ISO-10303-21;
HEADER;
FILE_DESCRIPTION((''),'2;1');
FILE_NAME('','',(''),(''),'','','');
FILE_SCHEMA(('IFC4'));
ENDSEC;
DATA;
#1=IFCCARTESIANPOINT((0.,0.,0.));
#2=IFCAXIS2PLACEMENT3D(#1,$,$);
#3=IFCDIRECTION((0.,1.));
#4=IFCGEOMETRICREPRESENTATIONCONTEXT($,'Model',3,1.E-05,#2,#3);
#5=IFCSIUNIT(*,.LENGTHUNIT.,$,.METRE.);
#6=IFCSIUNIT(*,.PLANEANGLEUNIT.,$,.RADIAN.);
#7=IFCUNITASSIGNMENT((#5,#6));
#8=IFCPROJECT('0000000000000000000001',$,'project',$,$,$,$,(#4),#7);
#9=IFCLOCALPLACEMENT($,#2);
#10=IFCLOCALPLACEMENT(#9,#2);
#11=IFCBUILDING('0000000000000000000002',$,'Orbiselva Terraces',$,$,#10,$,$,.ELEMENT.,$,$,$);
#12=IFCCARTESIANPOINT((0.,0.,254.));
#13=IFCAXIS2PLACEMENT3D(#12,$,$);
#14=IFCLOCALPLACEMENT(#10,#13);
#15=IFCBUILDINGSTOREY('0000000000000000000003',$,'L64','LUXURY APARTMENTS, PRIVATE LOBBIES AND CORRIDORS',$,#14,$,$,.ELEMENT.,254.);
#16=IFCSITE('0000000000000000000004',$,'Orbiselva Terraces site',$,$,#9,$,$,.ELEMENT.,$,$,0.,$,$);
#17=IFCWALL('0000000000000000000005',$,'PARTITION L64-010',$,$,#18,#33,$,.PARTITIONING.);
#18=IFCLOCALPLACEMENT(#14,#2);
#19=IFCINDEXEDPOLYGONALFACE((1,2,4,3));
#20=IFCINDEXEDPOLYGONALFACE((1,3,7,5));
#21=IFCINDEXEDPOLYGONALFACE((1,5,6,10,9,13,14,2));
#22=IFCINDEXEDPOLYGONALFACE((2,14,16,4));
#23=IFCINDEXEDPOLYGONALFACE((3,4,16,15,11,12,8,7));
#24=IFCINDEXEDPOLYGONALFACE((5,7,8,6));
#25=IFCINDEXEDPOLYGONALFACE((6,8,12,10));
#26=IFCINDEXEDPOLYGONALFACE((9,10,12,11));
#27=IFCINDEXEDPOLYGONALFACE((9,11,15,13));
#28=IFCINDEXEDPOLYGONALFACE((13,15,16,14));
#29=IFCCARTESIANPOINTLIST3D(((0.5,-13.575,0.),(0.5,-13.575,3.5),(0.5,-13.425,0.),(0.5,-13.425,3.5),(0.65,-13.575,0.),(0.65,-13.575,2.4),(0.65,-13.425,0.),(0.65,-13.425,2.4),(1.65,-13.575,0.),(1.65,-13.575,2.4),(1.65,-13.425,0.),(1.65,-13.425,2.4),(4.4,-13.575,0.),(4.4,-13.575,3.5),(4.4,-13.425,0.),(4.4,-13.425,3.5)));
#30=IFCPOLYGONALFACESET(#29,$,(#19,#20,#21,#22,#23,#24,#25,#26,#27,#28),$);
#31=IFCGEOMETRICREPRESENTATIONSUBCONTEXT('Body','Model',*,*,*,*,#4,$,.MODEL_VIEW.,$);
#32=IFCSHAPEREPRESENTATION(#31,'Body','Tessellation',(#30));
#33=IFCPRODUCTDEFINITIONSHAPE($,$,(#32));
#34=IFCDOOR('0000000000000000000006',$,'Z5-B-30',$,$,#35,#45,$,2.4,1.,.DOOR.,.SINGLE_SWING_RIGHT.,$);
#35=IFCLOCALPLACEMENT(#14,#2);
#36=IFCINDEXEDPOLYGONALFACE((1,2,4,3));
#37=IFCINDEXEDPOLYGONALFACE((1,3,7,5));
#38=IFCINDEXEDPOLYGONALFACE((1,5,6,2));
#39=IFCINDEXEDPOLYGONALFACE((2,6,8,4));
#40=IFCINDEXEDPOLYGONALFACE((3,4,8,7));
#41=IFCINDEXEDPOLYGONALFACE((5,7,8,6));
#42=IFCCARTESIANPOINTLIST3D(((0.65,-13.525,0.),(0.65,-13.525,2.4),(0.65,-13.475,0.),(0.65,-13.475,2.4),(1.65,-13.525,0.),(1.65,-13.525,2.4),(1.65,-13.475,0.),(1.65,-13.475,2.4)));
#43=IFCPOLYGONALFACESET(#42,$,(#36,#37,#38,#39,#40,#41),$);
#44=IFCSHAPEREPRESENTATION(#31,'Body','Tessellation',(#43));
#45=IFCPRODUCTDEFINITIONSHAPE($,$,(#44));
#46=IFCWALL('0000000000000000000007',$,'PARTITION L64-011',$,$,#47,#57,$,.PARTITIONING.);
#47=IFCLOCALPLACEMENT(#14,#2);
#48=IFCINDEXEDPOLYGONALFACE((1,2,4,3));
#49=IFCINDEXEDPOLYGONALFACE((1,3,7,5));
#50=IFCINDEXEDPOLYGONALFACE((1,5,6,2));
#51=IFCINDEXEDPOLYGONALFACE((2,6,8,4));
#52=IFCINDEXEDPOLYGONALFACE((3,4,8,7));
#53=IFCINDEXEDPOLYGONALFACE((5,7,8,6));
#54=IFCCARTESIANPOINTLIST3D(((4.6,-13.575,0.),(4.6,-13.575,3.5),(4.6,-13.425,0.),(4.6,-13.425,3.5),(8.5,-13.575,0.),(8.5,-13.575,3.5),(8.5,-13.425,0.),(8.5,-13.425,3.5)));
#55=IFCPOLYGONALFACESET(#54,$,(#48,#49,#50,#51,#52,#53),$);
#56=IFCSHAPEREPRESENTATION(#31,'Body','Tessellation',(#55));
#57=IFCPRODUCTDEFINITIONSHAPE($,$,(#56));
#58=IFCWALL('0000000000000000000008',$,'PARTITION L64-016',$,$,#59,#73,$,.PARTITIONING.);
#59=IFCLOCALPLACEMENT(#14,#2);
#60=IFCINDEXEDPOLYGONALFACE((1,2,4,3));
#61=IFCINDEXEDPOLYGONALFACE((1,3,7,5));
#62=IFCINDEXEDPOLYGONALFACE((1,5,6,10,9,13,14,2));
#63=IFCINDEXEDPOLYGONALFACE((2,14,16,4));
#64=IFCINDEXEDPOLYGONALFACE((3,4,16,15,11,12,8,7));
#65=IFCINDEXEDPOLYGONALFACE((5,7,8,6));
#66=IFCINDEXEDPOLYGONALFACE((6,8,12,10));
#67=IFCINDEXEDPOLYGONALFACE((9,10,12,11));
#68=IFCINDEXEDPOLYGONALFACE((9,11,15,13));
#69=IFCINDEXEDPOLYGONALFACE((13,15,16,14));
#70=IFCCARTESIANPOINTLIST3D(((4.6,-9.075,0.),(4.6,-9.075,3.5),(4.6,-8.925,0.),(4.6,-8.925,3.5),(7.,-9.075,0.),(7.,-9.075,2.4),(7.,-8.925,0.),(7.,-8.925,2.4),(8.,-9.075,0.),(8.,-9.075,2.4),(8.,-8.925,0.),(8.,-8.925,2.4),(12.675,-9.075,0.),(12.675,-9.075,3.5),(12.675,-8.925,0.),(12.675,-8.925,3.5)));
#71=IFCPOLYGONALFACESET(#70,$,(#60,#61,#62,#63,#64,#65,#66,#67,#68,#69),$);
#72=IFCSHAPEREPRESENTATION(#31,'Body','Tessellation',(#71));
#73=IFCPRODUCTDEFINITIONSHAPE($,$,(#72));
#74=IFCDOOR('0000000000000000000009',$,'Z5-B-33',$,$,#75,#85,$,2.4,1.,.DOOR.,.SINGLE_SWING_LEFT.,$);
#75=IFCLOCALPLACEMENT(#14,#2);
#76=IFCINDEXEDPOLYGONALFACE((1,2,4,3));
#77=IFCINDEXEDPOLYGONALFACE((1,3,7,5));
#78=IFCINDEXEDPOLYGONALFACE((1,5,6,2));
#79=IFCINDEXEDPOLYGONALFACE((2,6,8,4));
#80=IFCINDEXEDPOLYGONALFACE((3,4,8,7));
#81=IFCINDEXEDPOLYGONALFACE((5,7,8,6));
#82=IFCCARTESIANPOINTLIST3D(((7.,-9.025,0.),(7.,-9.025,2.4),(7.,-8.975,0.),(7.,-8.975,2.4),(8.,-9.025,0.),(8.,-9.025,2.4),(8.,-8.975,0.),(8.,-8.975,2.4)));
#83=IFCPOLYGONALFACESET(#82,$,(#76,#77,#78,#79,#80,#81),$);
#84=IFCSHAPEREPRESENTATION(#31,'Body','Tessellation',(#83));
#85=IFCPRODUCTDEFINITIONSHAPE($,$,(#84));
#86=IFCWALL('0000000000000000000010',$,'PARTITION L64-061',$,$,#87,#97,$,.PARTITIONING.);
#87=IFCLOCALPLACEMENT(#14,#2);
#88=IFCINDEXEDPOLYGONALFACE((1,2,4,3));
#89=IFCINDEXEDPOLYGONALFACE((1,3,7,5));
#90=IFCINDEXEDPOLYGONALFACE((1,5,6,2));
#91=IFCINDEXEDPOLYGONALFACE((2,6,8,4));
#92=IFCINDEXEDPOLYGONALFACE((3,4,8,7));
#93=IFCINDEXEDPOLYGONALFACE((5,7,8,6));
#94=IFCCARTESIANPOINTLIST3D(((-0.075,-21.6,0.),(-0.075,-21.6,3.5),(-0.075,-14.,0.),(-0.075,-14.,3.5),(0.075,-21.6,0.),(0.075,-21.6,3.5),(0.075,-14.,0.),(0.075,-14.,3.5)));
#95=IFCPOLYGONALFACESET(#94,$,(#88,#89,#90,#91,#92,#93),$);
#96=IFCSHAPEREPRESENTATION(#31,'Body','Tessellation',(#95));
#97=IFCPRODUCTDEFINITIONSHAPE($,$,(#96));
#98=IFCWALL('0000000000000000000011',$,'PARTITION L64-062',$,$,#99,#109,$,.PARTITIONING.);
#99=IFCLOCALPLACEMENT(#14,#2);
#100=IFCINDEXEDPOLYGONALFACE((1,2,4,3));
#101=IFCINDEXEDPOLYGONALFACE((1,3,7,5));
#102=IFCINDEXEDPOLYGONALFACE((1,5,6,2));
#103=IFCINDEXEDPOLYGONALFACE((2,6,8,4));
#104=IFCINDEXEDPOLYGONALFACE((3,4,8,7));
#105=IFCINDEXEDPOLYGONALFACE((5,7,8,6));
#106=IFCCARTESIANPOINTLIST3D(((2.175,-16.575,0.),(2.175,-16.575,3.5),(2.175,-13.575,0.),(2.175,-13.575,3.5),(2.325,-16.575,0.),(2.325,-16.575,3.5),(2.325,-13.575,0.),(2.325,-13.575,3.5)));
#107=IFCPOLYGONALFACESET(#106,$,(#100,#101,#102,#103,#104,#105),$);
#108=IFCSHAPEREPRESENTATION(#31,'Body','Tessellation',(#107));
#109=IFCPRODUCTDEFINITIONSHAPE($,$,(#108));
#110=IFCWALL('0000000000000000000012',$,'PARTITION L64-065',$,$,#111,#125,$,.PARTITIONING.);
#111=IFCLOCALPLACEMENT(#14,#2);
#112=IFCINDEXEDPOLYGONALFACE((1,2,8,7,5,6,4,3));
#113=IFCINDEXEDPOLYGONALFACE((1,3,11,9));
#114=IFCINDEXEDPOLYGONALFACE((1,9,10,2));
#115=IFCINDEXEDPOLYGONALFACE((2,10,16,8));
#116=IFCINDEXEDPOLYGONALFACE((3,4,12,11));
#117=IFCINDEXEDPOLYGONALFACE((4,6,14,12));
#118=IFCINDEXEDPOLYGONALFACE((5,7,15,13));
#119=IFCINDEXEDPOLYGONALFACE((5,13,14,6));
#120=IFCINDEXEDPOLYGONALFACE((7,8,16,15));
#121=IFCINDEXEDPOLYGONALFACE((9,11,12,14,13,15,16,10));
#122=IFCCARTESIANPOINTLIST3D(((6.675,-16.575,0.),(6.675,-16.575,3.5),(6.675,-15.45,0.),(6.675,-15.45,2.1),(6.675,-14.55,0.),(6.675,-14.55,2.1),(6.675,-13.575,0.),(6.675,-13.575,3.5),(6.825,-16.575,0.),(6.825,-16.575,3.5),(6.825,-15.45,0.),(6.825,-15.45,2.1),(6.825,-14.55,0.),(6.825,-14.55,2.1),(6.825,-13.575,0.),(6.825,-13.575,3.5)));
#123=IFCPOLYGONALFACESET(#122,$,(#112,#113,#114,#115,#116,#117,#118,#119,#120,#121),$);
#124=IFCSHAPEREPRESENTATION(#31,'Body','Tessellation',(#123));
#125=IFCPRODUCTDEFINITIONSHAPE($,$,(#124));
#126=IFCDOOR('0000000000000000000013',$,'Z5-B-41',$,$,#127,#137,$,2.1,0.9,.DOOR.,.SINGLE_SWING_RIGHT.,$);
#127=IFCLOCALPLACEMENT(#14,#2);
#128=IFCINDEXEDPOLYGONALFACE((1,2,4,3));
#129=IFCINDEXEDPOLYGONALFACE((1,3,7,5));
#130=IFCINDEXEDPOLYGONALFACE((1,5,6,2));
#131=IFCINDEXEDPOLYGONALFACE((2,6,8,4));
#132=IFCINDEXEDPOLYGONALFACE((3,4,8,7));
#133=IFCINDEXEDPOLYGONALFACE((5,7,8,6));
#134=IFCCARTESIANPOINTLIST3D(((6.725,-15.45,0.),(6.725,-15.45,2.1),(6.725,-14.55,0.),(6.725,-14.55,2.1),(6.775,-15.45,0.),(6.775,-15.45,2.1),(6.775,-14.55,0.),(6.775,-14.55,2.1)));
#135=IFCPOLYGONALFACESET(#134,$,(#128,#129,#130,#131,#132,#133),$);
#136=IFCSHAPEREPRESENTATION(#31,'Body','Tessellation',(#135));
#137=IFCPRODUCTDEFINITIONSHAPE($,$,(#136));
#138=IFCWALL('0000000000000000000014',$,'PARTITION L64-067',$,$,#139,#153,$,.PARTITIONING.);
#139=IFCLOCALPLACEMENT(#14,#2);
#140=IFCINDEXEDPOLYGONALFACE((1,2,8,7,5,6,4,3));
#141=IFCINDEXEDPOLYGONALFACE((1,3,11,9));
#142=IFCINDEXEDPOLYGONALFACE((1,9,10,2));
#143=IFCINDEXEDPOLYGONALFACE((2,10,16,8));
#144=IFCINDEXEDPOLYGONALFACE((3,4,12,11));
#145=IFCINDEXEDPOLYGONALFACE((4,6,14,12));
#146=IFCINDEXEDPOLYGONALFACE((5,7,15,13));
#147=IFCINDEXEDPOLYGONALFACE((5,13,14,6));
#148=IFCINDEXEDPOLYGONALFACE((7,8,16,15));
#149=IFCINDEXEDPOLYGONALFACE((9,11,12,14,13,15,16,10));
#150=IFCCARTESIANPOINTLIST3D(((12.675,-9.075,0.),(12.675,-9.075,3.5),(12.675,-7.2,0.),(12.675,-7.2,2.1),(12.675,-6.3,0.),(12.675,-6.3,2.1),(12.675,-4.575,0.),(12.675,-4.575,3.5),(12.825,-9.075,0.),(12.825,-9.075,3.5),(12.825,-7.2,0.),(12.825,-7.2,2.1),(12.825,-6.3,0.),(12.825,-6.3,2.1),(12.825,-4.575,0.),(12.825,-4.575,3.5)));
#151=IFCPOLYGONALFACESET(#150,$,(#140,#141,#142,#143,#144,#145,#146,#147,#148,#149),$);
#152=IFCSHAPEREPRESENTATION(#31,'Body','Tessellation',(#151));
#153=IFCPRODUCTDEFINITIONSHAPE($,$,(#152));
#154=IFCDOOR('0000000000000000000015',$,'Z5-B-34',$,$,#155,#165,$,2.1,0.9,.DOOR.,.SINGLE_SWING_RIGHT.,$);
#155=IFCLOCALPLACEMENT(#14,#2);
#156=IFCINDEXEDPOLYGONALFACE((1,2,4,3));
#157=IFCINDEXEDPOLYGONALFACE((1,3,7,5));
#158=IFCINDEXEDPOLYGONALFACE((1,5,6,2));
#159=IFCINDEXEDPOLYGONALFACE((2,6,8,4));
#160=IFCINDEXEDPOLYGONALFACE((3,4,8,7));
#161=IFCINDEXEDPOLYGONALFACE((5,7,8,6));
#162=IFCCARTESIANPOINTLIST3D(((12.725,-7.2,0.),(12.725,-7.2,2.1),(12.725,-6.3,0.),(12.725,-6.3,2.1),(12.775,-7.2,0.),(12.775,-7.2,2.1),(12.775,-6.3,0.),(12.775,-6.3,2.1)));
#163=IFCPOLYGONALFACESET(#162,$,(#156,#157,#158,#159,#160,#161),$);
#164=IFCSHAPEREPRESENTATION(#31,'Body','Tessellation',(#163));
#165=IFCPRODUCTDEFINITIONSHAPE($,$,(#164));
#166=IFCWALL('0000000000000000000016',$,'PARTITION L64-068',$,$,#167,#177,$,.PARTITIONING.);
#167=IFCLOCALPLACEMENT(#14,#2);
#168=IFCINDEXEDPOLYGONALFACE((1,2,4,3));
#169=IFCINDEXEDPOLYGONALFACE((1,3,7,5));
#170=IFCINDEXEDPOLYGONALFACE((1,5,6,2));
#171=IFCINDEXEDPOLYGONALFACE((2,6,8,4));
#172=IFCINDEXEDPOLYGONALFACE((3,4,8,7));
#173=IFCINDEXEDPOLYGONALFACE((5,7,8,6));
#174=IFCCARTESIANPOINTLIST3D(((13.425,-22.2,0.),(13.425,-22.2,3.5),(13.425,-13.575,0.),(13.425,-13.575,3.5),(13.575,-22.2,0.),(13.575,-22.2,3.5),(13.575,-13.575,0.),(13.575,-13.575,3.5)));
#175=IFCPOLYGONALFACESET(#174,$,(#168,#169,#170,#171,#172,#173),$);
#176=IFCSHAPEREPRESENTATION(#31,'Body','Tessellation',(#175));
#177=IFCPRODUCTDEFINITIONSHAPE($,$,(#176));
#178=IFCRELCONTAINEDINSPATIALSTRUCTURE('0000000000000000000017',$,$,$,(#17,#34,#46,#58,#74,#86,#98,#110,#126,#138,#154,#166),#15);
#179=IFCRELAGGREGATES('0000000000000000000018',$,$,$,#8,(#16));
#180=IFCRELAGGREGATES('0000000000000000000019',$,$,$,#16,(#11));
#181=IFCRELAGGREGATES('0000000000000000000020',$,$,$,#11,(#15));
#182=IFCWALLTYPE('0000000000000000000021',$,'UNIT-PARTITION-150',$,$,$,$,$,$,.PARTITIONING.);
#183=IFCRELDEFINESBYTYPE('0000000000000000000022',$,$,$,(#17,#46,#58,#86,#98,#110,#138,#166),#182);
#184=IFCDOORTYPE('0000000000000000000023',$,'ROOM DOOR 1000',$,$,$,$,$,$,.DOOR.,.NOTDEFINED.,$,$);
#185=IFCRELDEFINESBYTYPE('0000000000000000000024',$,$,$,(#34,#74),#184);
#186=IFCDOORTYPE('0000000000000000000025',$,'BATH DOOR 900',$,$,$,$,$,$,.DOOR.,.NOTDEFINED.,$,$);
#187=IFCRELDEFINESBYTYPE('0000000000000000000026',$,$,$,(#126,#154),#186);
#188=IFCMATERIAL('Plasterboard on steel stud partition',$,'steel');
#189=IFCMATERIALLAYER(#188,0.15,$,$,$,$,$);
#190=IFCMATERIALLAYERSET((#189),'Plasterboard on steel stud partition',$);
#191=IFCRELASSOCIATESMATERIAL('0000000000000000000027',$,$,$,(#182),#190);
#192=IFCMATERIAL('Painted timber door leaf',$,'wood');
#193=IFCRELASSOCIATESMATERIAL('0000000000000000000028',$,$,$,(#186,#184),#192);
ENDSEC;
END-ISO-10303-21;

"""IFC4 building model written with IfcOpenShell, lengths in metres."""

from ifc_helpers import new_model, si_unit, direction, frame, frame_2d, origin, place, context, subcontext, project, spatial, rectangle, extrude, material, layer, layer_set, type_object, element, fill, save


model = new_model("IFC4")

# Units and contexts
model_context = context("Model", 3, precision=1e-05, world=origin(), true_north=direction((0.0, 1.0)))
body_context = subcontext(model_context, "Body", "Model", "MODEL_VIEW")
ifc_project = project(units=[si_unit("LENGTHUNIT", "METRE"), si_unit("PLANEANGLEUNIT", "RADIAN")], contexts=[model_context])

# Site, building, storey
site_placement = place(None, origin())
site = spatial("IfcSite", under=ifc_project, at=site_placement, Name="Orbiselva Terraces site", CompositionType="ELEMENT", RefElevation=0.0)
building_placement = place(site_placement, origin())
building = spatial("IfcBuilding", under=site, at=building_placement, Name="Orbiselva Terraces", CompositionType="ELEMENT")
storey_placement = place(building_placement, frame((0.0, 0.0, 254.0)))
storey = spatial("IfcBuildingStorey", under=building, at=storey_placement, Name="L64", Description="LUXURY APARTMENTS, PRIVATE LOBBIES AND CORRIDORS", CompositionType="ELEMENT", Elevation=254.0)

# Shared definitions
ifc_material_1 = material(Name="Plasterboard on steel stud partition", Category="steel")
ifc_layer_1 = layer(ifc_material_1, 0.15)
ifc_layer_set_1 = layer_set([ifc_layer_1], Name="Plasterboard on steel stud partition")
wall_type_1 = type_object("IfcWallType", Name="UNIT-PARTITION-150", PredefinedType="PARTITIONING", material=ifc_layer_set_1)
ifc_material_2 = material(Name="Painted timber door leaf", Category="wood")
door_type_1 = type_object("IfcDoorType", Name="BATH DOOR 900", OperationType="NOTDEFINED", PredefinedType="DOOR", material=ifc_material_2)

# Wall, opening, door
wall_1_placement = place(storey_placement, frame((4.4, -13.5, 0.0), z_axis=(0.0, 0.0, 1.0), x_axis=(-1.0, 0.0, 0.0)))
wall_1 = element("IfcWall", 1, at=wall_1_placement, inside=storey, type_object=wall_type_1, Name="PARTITION L64-010", PredefinedType="PARTITIONING", context=body_context, shape_type="SweptSolid", body=[
    extrude(rectangle(XDim=3.9, YDim=0.15, at=frame_2d((1.95, 0.0))), origin(), (0.0, 0.0, 1.0), 3.5),
])
opening_1_placement = place(wall_1_placement, frame((2.75, 0.0, 0.0)))
opening_1 = element("IfcOpeningElement", 2, at=opening_1_placement, cuts=wall_1, PredefinedType="OPENING", context=body_context, shape_type="SweptSolid", body=[
    extrude(rectangle(XDim=1.0, YDim=2.4, at=frame_2d((0.5, 1.2))), frame((0.0, 0.085, 0.0), z_axis=(0.0, -1.0, 0.0), x_axis=(1.0, 0.0, 0.0)), (0.0, 0.0, 1.0), 0.17),
])
door_type_2 = type_object("IfcDoorType", Name="ROOM DOOR 1000", OperationType="NOTDEFINED", PredefinedType="DOOR", material=ifc_material_2)
door_1_placement = place(opening_1_placement, origin())
door_1 = element("IfcDoor", 3, at=door_1_placement, inside=storey, type_object=door_type_2, Name="Z5-B-30", OperationType="SINGLE_SWING_RIGHT", OverallHeight=2.4, OverallWidth=1.0, PredefinedType="DOOR", context=body_context, shape_type="SweptSolid", body=[
    extrude(rectangle(XDim=1.0, YDim=2.4, at=frame_2d((0.5, 1.2))), frame((0.0, 0.025, 0.0), z_axis=(0.0, -1.0, 0.0), x_axis=(1.0, 0.0, 0.0)), (0.0, 0.0, 1.0), 0.05),
])
fill(opening_1, door_1)

# Wall
wall_2_placement = place(storey_placement, frame((4.6, -13.5, 0.0), z_axis=(0.0, 0.0, 1.0), x_axis=(1.0, 0.0, 0.0)))
element("IfcWall", 4, at=wall_2_placement, inside=storey, type_object=wall_type_1, Name="PARTITION L64-011", PredefinedType="PARTITIONING", context=body_context, shape_type="SweptSolid", body=[
    extrude(rectangle(XDim=3.9, YDim=0.15, at=frame_2d((1.95, 0.0))), origin(), (0.0, 0.0, 1.0), 3.5),
])

# Wall, opening, door
wall_3_placement = place(storey_placement, frame((4.6, -9.0, 0.0), z_axis=(0.0, 0.0, 1.0), x_axis=(1.0, 0.0, 0.0)))
wall_3 = element("IfcWall", 5, at=wall_3_placement, inside=storey, type_object=wall_type_1, Name="PARTITION L64-016", PredefinedType="PARTITIONING", context=body_context, shape_type="SweptSolid", body=[
    extrude(rectangle(XDim=8.075, YDim=0.15, at=frame_2d((4.0375, 0.0))), origin(), (0.0, 0.0, 1.0), 3.5),
])
opening_2_placement = place(wall_3_placement, frame((2.4, 0.0, 0.0)))
opening_2 = element("IfcOpeningElement", 6, at=opening_2_placement, cuts=wall_3, PredefinedType="OPENING", context=body_context, shape_type="SweptSolid", body=[
    extrude(rectangle(XDim=1.0, YDim=2.4, at=frame_2d((0.5, 1.2))), frame((0.0, 0.085, 0.0), z_axis=(0.0, -1.0, 0.0), x_axis=(1.0, 0.0, 0.0)), (0.0, 0.0, 1.0), 0.17),
])
door_2_placement = place(opening_2_placement, origin())
door_2 = element("IfcDoor", 7, at=door_2_placement, inside=storey, type_object=door_type_2, Name="Z5-B-33", OperationType="SINGLE_SWING_LEFT", OverallHeight=2.4, OverallWidth=1.0, PredefinedType="DOOR", context=body_context, shape_type="SweptSolid", body=[
    extrude(rectangle(XDim=1.0, YDim=2.4, at=frame_2d((0.5, 1.2))), frame((0.0, 0.025, 0.0), z_axis=(0.0, -1.0, 0.0), x_axis=(1.0, 0.0, 0.0)), (0.0, 0.0, 1.0), 0.05),
])
fill(opening_2, door_2)

# Walls
wall_4_placement = place(storey_placement, frame((0.0, -21.6, 0.0), z_axis=(0.0, 0.0, 1.0), x_axis=(0.0, 1.0, 0.0)))
element("IfcWall", 8, at=wall_4_placement, inside=storey, type_object=wall_type_1, Name="PARTITION L64-061", PredefinedType="PARTITIONING", context=body_context, shape_type="SweptSolid", body=[
    extrude(rectangle(XDim=7.6, YDim=0.15, at=frame_2d((3.8, 0.0))), origin(), (0.0, 0.0, 1.0), 3.5),
])
wall_5_placement = place(storey_placement, frame((2.25, -16.575, 0.0), z_axis=(0.0, 0.0, 1.0), x_axis=(0.0, 1.0, 0.0)))
element("IfcWall", 9, at=wall_5_placement, inside=storey, type_object=wall_type_1, Name="PARTITION L64-062", PredefinedType="PARTITIONING", context=body_context, shape_type="SweptSolid", body=[
    extrude(rectangle(XDim=3.0, YDim=0.15, at=frame_2d((1.5, 0.0))), origin(), (0.0, 0.0, 1.0), 3.5),
])

# Walls, openings, doors
wall_6_placement = place(storey_placement, frame((6.75, -16.575, 0.0), z_axis=(0.0, 0.0, 1.0), x_axis=(0.0, 1.0, 0.0)))
wall_6 = element("IfcWall", 10, at=wall_6_placement, inside=storey, type_object=wall_type_1, Name="PARTITION L64-065", PredefinedType="PARTITIONING", context=body_context, shape_type="SweptSolid", body=[
    extrude(rectangle(XDim=3.0, YDim=0.15, at=frame_2d((1.5, 0.0))), origin(), (0.0, 0.0, 1.0), 3.5),
])
opening_3_placement = place(wall_6_placement, frame((1.125, 0.0, 0.0)))
opening_3 = element("IfcOpeningElement", 11, at=opening_3_placement, cuts=wall_6, PredefinedType="OPENING", context=body_context, shape_type="SweptSolid", body=[
    extrude(rectangle(XDim=0.9, YDim=2.1, at=frame_2d((0.45, 1.05))), frame((0.0, 0.085, 0.0), z_axis=(0.0, -1.0, 0.0), x_axis=(1.0, 0.0, 0.0)), (0.0, 0.0, 1.0), 0.17),
])
door_3_placement = place(opening_3_placement, origin())
door_3 = element("IfcDoor", 12, at=door_3_placement, inside=storey, type_object=door_type_1, Name="Z5-B-41", OperationType="SINGLE_SWING_RIGHT", OverallHeight=2.1, OverallWidth=0.9, PredefinedType="DOOR", context=body_context, shape_type="SweptSolid", body=[
    extrude(rectangle(XDim=0.9, YDim=2.1, at=frame_2d((0.45, 1.05))), frame((0.0, 0.025, 0.0), z_axis=(0.0, -1.0, 0.0), x_axis=(1.0, 0.0, 0.0)), (0.0, 0.0, 1.0), 0.05),
])
fill(opening_3, door_3)
wall_7_placement = place(storey_placement, frame((12.75, -9.075, 0.0), z_axis=(0.0, 0.0, 1.0), x_axis=(0.0, 1.0, 0.0)))
wall_7 = element("IfcWall", 13, at=wall_7_placement, inside=storey, type_object=wall_type_1, Name="PARTITION L64-067", PredefinedType="PARTITIONING", context=body_context, shape_type="SweptSolid", body=[
    extrude(rectangle(XDim=4.5, YDim=0.15, at=frame_2d((2.25, 0.0))), origin(), (0.0, 0.0, 1.0), 3.5),
])
opening_4_placement = place(wall_7_placement, frame((1.875, 0.0, 0.0)))
opening_4 = element("IfcOpeningElement", 14, at=opening_4_placement, cuts=wall_7, PredefinedType="OPENING", context=body_context, shape_type="SweptSolid", body=[
    extrude(rectangle(XDim=0.9, YDim=2.1, at=frame_2d((0.45, 1.05))), frame((0.0, 0.085, 0.0), z_axis=(0.0, -1.0, 0.0), x_axis=(1.0, 0.0, 0.0)), (0.0, 0.0, 1.0), 0.17),
])
door_4_placement = place(opening_4_placement, origin())
door_4 = element("IfcDoor", 15, at=door_4_placement, inside=storey, type_object=door_type_1, Name="Z5-B-34", OperationType="SINGLE_SWING_RIGHT", OverallHeight=2.1, OverallWidth=0.9, PredefinedType="DOOR", context=body_context, shape_type="SweptSolid", body=[
    extrude(rectangle(XDim=0.9, YDim=2.1, at=frame_2d((0.45, 1.05))), frame((0.0, 0.025, 0.0), z_axis=(0.0, -1.0, 0.0), x_axis=(1.0, 0.0, 0.0)), (0.0, 0.0, 1.0), 0.05),
])
fill(opening_4, door_4)

# Wall
wall_8_placement = place(storey_placement, frame((13.5, -22.2, 0.0), z_axis=(0.0, 0.0, 1.0), x_axis=(0.0, 1.0, 0.0)))
element("IfcWall", 16, at=wall_8_placement, inside=storey, type_object=wall_type_1, Name="PARTITION L64-068", PredefinedType="PARTITIONING", context=body_context, shape_type="SweptSolid", body=[
    extrude(rectangle(XDim=8.625, YDim=0.15, at=frame_2d((4.3125, 0.0))), origin(), (0.0, 0.0, 1.0), 3.5),
])

save(model, "model.ifc")
